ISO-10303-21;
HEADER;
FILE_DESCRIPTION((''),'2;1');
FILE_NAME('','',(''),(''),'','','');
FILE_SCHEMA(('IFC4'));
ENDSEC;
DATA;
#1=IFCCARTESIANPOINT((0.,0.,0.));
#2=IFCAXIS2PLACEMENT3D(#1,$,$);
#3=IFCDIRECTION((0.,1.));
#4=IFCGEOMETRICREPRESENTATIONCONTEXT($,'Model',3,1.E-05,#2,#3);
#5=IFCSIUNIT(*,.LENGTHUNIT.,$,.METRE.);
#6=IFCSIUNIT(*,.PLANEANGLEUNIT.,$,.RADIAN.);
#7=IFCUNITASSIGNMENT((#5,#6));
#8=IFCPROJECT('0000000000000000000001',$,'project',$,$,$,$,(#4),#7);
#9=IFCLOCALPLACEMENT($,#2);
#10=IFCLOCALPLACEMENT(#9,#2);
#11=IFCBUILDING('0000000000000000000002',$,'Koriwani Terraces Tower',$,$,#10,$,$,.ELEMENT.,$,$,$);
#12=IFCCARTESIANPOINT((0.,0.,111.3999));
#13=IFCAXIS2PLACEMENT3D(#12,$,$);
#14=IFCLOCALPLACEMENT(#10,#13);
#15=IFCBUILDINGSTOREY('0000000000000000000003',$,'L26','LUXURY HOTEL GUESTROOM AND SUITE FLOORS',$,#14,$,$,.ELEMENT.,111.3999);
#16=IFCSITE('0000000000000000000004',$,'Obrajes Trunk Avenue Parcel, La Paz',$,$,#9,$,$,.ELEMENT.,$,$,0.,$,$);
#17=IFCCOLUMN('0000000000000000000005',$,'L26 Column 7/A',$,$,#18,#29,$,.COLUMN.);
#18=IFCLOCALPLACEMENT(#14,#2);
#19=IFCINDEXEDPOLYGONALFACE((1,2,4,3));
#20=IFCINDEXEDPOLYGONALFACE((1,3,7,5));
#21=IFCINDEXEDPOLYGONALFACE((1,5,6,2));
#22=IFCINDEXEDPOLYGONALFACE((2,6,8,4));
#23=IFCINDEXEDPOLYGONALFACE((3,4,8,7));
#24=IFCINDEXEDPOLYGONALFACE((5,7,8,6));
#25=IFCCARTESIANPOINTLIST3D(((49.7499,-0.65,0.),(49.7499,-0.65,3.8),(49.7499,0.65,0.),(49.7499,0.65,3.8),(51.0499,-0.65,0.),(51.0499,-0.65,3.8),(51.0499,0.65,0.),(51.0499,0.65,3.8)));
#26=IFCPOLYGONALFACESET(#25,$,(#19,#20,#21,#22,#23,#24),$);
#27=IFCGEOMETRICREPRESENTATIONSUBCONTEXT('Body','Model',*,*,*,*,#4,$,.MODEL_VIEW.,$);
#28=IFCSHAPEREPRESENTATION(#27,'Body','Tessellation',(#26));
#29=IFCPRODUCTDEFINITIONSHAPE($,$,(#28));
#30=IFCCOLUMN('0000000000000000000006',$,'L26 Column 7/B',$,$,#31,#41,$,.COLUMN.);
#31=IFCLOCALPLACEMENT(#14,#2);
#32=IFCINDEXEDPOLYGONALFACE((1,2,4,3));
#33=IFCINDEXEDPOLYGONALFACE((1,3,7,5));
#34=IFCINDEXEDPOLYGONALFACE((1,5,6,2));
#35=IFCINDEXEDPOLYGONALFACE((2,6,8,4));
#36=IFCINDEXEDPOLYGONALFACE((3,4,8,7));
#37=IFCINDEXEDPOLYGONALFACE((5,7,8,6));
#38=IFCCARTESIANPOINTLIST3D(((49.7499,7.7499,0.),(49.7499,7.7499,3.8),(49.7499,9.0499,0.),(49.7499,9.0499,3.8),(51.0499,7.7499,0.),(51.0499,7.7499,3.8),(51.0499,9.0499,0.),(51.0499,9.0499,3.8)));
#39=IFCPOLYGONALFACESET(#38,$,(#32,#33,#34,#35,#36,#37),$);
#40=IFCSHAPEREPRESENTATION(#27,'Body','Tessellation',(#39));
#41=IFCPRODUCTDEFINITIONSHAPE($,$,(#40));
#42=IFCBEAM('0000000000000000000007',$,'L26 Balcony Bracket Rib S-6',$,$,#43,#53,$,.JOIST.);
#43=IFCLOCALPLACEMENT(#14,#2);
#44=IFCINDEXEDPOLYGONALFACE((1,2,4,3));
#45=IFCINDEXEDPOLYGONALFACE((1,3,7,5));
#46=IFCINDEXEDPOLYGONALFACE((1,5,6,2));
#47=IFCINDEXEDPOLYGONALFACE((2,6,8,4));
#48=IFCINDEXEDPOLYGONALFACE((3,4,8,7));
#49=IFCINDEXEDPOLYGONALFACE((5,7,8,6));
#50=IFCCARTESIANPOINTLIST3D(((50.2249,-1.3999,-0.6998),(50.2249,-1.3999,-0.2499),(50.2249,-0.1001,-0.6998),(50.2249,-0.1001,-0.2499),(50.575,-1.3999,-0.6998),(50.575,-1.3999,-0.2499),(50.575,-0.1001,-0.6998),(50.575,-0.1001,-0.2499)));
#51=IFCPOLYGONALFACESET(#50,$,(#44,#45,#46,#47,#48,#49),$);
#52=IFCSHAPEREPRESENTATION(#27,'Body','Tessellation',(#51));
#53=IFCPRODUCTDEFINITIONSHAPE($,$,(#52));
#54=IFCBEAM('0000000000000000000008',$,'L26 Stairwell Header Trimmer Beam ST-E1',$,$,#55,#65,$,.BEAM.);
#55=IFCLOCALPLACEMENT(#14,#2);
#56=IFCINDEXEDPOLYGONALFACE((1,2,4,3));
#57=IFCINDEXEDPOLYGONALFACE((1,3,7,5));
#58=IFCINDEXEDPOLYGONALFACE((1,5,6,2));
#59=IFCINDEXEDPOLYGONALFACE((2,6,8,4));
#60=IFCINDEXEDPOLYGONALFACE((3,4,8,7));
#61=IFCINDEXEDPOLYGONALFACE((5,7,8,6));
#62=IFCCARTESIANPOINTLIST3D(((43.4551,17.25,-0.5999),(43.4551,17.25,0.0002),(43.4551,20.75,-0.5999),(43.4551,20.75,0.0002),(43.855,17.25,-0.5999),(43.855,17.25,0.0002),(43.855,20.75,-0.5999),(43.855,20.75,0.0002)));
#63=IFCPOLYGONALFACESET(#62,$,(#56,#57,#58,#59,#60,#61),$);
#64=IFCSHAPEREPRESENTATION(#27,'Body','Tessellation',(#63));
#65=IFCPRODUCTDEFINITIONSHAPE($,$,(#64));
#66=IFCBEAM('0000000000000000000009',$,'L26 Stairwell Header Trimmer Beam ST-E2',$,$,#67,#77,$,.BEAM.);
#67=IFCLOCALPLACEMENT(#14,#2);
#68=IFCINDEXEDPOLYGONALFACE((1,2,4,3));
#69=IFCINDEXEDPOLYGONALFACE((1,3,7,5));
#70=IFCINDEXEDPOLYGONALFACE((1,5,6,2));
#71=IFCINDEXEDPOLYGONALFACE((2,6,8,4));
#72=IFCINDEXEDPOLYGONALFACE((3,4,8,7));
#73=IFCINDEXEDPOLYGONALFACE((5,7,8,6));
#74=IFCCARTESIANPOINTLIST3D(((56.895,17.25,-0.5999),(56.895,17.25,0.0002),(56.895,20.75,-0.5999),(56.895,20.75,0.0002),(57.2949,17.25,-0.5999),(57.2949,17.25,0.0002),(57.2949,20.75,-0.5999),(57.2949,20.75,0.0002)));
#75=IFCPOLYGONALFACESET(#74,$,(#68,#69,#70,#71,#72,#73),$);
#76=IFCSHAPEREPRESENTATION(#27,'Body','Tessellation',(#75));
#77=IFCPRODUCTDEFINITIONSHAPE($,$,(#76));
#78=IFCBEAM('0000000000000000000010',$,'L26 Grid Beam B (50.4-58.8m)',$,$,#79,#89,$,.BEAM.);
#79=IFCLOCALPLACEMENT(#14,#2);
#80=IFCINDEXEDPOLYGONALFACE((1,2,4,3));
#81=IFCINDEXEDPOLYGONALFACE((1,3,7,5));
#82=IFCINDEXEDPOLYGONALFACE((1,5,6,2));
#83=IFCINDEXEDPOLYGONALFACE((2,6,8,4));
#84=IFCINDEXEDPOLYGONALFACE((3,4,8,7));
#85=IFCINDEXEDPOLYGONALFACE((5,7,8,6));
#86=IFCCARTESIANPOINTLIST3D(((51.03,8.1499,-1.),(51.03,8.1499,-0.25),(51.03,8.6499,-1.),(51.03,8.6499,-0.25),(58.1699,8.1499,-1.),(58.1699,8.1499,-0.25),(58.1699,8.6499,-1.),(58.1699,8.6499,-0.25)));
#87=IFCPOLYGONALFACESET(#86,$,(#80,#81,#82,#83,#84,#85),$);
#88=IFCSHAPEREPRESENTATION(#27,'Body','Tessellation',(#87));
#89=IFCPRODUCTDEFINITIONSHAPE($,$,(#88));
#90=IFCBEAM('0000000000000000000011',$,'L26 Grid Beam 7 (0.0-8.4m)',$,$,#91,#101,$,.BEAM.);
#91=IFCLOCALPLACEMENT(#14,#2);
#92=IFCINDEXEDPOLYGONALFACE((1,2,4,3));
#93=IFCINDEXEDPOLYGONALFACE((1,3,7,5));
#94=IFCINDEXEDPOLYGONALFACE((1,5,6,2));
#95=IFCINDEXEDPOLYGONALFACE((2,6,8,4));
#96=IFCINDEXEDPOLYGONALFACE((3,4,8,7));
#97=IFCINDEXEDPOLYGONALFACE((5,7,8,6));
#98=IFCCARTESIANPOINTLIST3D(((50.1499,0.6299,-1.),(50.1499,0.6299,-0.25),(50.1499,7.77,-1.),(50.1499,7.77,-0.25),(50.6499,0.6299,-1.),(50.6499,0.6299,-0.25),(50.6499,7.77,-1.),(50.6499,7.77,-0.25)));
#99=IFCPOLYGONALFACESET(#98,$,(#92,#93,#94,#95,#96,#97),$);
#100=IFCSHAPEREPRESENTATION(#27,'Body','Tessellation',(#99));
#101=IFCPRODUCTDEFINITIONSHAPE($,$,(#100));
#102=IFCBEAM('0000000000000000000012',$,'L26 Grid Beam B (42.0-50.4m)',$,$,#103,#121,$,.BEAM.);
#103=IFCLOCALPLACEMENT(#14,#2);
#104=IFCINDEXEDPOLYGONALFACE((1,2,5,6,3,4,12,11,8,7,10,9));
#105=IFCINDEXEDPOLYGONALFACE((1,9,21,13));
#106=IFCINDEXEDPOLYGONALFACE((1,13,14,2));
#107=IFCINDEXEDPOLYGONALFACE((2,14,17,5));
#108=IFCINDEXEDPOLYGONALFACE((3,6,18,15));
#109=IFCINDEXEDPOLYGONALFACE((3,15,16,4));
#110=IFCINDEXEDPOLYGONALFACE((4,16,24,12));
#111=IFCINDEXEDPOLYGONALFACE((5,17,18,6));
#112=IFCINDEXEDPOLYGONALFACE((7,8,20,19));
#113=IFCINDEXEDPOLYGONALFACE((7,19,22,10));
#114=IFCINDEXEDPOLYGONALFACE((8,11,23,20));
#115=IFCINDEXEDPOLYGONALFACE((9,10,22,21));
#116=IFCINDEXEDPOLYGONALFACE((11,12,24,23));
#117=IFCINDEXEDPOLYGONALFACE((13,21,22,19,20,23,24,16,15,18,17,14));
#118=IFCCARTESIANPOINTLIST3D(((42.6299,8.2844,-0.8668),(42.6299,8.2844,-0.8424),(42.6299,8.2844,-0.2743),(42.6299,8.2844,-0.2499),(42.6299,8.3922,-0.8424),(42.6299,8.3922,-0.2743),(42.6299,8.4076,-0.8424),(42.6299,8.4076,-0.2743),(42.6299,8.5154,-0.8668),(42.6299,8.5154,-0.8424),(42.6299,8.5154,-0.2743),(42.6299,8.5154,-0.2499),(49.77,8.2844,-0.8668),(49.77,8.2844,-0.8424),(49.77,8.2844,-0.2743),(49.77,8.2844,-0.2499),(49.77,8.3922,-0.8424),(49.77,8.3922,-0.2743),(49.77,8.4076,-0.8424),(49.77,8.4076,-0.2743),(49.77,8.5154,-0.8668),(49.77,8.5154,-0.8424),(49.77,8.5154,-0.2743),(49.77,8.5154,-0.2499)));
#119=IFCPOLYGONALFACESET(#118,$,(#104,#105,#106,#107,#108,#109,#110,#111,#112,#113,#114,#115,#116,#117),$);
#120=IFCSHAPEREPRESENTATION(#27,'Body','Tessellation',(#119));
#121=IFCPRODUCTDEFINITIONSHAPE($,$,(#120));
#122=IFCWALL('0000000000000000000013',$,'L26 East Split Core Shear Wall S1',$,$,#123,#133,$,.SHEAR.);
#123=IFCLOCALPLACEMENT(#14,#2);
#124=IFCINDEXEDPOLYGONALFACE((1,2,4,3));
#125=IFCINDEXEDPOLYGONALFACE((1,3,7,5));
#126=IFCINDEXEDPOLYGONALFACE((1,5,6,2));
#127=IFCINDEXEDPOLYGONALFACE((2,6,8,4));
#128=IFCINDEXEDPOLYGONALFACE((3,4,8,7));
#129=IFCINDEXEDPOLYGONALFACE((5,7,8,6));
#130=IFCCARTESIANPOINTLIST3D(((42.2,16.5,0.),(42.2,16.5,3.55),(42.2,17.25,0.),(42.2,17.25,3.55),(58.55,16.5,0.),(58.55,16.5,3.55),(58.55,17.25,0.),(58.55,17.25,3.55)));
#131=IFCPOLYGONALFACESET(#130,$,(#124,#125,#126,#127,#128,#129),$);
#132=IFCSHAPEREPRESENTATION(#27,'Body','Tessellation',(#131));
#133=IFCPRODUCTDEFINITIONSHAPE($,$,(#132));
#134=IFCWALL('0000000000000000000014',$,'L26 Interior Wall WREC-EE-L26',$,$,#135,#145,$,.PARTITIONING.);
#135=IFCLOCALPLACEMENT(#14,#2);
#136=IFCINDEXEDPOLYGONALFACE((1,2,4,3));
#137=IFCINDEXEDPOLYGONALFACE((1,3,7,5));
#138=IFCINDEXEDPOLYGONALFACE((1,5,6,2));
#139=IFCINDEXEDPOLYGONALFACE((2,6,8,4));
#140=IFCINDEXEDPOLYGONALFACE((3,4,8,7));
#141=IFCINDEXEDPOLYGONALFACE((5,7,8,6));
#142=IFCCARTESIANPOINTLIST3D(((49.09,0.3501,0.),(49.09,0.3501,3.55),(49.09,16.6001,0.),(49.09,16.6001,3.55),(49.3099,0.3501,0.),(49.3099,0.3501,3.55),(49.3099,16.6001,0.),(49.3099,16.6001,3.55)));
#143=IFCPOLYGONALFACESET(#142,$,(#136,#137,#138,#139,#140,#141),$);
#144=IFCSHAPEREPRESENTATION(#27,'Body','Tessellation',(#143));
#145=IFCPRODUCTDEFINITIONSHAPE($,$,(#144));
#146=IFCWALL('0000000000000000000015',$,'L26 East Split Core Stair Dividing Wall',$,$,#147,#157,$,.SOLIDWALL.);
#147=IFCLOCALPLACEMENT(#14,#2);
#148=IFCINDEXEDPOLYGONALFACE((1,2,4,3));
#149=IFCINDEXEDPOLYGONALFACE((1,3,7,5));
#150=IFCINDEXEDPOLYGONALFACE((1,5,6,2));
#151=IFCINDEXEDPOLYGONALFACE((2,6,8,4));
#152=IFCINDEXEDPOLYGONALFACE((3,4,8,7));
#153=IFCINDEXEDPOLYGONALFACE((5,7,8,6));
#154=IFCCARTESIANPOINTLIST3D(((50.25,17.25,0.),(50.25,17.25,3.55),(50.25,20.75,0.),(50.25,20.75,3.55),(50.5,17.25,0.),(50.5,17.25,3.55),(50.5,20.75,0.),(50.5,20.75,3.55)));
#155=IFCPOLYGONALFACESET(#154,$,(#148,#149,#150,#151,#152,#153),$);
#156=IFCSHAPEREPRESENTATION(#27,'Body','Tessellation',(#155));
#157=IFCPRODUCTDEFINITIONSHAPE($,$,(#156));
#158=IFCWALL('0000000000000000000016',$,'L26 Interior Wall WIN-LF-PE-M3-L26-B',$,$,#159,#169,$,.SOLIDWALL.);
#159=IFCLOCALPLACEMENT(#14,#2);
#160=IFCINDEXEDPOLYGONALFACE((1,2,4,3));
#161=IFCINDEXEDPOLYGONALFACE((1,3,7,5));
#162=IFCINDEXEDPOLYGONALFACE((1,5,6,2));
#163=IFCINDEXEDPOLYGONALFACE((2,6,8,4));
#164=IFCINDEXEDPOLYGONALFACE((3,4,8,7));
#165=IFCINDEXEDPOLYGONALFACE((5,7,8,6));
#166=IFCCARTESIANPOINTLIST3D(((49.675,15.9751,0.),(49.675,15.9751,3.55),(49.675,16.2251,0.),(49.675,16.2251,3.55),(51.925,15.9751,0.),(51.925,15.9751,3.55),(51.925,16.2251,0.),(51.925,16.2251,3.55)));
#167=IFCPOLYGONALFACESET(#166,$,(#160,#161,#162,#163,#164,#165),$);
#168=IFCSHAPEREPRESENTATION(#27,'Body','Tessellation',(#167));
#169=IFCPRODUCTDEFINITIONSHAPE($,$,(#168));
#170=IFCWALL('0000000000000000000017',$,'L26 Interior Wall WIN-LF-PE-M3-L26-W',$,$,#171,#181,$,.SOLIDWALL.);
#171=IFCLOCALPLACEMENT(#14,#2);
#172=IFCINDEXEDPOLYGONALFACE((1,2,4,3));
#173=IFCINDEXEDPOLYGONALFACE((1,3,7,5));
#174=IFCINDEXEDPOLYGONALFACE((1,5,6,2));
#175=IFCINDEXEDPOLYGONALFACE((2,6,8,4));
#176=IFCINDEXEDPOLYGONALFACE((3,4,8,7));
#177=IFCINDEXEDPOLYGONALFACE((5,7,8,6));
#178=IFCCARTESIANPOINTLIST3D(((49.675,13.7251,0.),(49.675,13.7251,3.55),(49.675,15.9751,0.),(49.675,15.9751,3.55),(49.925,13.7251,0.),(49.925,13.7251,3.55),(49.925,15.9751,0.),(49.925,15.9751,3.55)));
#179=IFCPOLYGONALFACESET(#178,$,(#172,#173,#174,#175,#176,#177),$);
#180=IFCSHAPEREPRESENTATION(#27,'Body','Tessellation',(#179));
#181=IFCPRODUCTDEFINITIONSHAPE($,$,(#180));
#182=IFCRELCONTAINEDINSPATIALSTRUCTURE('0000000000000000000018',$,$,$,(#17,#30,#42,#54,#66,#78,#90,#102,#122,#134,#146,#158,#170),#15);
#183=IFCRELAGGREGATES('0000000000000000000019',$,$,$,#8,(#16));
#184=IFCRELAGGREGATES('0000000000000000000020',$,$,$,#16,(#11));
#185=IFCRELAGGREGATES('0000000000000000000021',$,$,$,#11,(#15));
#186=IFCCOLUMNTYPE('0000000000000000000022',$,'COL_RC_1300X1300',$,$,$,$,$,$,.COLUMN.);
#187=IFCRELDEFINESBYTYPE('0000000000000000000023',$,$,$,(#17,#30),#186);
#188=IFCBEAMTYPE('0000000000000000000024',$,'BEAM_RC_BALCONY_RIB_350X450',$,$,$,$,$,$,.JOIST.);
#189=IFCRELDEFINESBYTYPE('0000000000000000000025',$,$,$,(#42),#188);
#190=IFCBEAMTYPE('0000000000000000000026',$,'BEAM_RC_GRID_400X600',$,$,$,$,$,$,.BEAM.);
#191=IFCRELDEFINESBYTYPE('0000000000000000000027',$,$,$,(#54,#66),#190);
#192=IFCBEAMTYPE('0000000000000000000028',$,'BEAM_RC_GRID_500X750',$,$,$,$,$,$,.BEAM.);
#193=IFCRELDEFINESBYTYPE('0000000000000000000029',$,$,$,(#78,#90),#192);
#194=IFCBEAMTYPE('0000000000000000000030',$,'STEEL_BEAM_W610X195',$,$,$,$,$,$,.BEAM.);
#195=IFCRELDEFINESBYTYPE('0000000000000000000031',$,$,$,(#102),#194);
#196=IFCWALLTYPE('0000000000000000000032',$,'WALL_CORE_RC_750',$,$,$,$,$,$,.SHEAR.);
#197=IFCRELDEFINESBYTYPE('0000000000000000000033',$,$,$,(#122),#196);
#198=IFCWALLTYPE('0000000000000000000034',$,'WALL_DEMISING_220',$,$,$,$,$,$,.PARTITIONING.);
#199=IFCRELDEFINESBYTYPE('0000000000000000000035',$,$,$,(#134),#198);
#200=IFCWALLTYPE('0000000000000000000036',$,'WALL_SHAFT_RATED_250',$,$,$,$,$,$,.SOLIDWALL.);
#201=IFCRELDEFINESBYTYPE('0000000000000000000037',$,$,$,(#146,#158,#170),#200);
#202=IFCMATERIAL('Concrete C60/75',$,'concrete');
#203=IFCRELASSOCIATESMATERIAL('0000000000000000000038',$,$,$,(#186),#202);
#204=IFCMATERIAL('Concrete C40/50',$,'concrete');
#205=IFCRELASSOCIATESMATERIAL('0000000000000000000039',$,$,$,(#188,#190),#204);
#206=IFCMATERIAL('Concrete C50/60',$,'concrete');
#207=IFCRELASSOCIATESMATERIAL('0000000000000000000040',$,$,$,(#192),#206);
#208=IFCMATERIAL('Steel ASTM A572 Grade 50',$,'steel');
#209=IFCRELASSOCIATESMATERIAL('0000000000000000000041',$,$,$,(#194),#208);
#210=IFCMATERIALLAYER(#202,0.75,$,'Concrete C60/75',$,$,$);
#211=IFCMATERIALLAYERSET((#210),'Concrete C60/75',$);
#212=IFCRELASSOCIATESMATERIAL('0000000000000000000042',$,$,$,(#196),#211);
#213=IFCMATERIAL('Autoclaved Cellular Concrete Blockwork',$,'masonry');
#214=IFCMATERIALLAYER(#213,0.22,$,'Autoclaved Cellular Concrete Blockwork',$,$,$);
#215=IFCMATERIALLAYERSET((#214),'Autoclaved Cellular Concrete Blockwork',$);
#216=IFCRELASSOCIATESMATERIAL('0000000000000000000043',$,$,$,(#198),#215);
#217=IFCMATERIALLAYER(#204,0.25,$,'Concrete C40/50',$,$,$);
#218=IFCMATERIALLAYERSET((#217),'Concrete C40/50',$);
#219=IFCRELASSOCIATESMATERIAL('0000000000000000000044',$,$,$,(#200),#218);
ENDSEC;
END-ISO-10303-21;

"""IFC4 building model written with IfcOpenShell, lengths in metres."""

from ifc_helpers import new_model, si_unit, direction, frame, frame_2d, origin, origin_2d, place, context, subcontext, project, spatial, rectangle, i_section, extrude, material, layer, layer_set, material_profile, profile_set, type_object, element, save


model = new_model("IFC4")

# Units and contexts
model_context = context("Model", 3, precision=1e-05, world=origin(), true_north=direction((0.0, 1.0)))
body_context = subcontext(model_context, "Body", "Model", "MODEL_VIEW")
ifc_project = project(units=[si_unit("LENGTHUNIT", "METRE"), si_unit("PLANEANGLEUNIT", "RADIAN")], contexts=[model_context])

# Site, building, storey
site_placement = place(None, origin())
site = spatial("IfcSite", under=ifc_project, at=site_placement, Name="Obrajes Trunk Avenue Parcel, La Paz", CompositionType="ELEMENT", RefElevation=0.0)
building_placement = place(site_placement, origin())
building = spatial("IfcBuilding", under=site, at=building_placement, Name="Koriwani Terraces Tower", CompositionType="ELEMENT")
storey_placement = place(building_placement, frame((0.0, 0.0, 111.3999)))
storey = spatial("IfcBuildingStorey", under=building, at=storey_placement, Name="L26", Description="LUXURY HOTEL GUESTROOM AND SUITE FLOORS", CompositionType="ELEMENT", Elevation=111.3999)

# Columns
ifc_material_1 = material(Name="Concrete C60/75", Category="concrete")
ifc_material_profile_1 = material_profile(ifc_material_1, rectangle(XDim=1.3, YDim=1.3, at=origin_2d()), Name="Concrete C60/75", Category="LoadBearing")
ifc_profile_set_1 = profile_set([ifc_material_profile_1], Name="Concrete C60/75")
column_type = type_object("IfcColumnType", Name="COL_RC_1300X1300", PredefinedType="COLUMN", material=ifc_profile_set_1)
for number, where, z_axis, x_axis, name in (
    (1, (50.3999, 0.0, 0.0), (0.0, 0.0, 1.0), (1.0, 0.0, 0.0), "L26 Column 7/A"),
    (2, (50.3999, 8.3999, 0.0), (0.0, 0.0, 1.0), (1.0, 0.0, 0.0), "L26 Column 7/B"),
):
    element("IfcColumn", number, at=place(storey_placement, frame(where, z_axis=z_axis, x_axis=x_axis)), inside=storey, type_object=column_type, Name=name, PredefinedType="COLUMN", context=body_context, shape_type="SweptSolid", body=[
        extrude(rectangle(XDim=1.3, YDim=1.3, at=origin_2d()), origin(), (0.0, 0.0, 1.0), 3.8),
    ])

# Beams
ifc_material_2 = material(Name="Concrete C40/50", Category="concrete")
ifc_material_profile_2 = material_profile(ifc_material_2, rectangle(XDim=0.3501, YDim=0.45, at=origin_2d()), Name="Concrete C40/50", Category="LoadBearing")
ifc_profile_set_2 = profile_set([ifc_material_profile_2], Name="Concrete C40/50")
beam_type_1 = type_object("IfcBeamType", Name="BEAM_RC_BALCONY_RIB_350X450", PredefinedType="JOIST", material=ifc_profile_set_2)
beam_1_placement = place(storey_placement, frame((50.3999, -1.3999, -0.4749), z_axis=(0.0, 1.0, 0.0), x_axis=(-1.0, 0.0, 0.0)))
element("IfcBeam", 3, at=beam_1_placement, inside=storey, type_object=beam_type_1, Name="L26 Balcony Bracket Rib S-6", PredefinedType="JOIST", context=body_context, shape_type="SweptSolid", body=[
    extrude(rectangle(XDim=0.3501, YDim=0.45, at=origin_2d()), origin(), (0.0, 0.0, 1.0), 1.2998),
])
ifc_material_profile_3 = material_profile(ifc_material_2, rectangle(XDim=0.3999, YDim=0.6001, at=origin_2d()), Name="Concrete C40/50", Category="LoadBearing")
ifc_profile_set_3 = profile_set([ifc_material_profile_3], Name="Concrete C40/50")
beam_type_2 = type_object("IfcBeamType", Name="BEAM_RC_GRID_400X600", PredefinedType="BEAM", material=ifc_profile_set_3)
for number, where, z_axis, x_axis, name in (
    (4, (43.655, 17.25, -0.2998), (0.0, 1.0, 0.0), (-1.0, 0.0, 0.0), "L26 Stairwell Header Trimmer Beam ST-E1"),
    (5, (57.095, 17.25, -0.2998), (0.0, 1.0, 0.0), (-1.0, 0.0, 0.0), "L26 Stairwell Header Trimmer Beam ST-E2"),
):
    element("IfcBeam", number, at=place(storey_placement, frame(where, z_axis=z_axis, x_axis=x_axis)), inside=storey, type_object=beam_type_2, Name=name, PredefinedType="BEAM", context=body_context, shape_type="SweptSolid", body=[
        extrude(rectangle(XDim=0.3999, YDim=0.6001, at=origin_2d()), origin(), (0.0, 0.0, 1.0), 3.5),
    ])
ifc_material_3 = material(Name="Concrete C50/60", Category="concrete")
ifc_material_profile_4 = material_profile(ifc_material_3, rectangle(XDim=0.5, YDim=0.75, at=origin_2d()), Name="Concrete C50/60", Category="LoadBearing")
ifc_profile_set_4 = profile_set([ifc_material_profile_4], Name="Concrete C50/60")
beam_type_3 = type_object("IfcBeamType", Name="BEAM_RC_GRID_500X750", PredefinedType="BEAM", material=ifc_profile_set_4)
beam_2_placement = place(storey_placement, frame((51.03, 8.3999, -0.625), z_axis=(1.0, 0.0, 0.0), x_axis=(0.0, 1.0, 0.0)))
element("IfcBeam", 6, at=beam_2_placement, inside=storey, type_object=beam_type_3, Name="L26 Grid Beam B (50.4-58.8m)", PredefinedType="BEAM", context=body_context, shape_type="SweptSolid", body=[
    extrude(rectangle(XDim=0.5, YDim=0.75, at=origin_2d()), origin(), (0.0, 0.0, 1.0), 7.1399),
])
beam_3_placement = place(storey_placement, frame((50.3999, 0.6299, -0.625), z_axis=(0.0, 1.0, 0.0), x_axis=(-1.0, 0.0, 0.0)))
element("IfcBeam", 7, at=beam_3_placement, inside=storey, type_object=beam_type_3, Name="L26 Grid Beam 7 (0.0-8.4m)", PredefinedType="BEAM", context=body_context, shape_type="SweptSolid", body=[
    extrude(rectangle(XDim=0.5, YDim=0.75, at=origin_2d()), origin(), (0.0, 0.0, 1.0), 7.1401),
])
ifc_material_4 = material(Name="Steel ASTM A572 Grade 50", Category="steel")
ifc_material_profile_5 = material_profile(ifc_material_4, i_section(OverallWidth=0.231, OverallDepth=0.6169, WebThickness=0.0154, FlangeThickness=0.0244, at=origin_2d()), Name="Steel ASTM A572 Grade 50", Category="LoadBearing")
ifc_profile_set_5 = profile_set([ifc_material_profile_5], Name="Steel ASTM A572 Grade 50")
beam_type_4 = type_object("IfcBeamType", Name="STEEL_BEAM_W610X195", PredefinedType="BEAM", material=ifc_profile_set_5)
beam_4_placement = place(storey_placement, frame((42.6299, 8.3999, -0.5583), z_axis=(1.0, 0.0, 0.0), x_axis=(0.0, 1.0, 0.0)))
element("IfcBeam", 8, at=beam_4_placement, inside=storey, type_object=beam_type_4, Name="L26 Grid Beam B (42.0-50.4m)", PredefinedType="BEAM", context=body_context, shape_type="SweptSolid", body=[
    extrude(i_section(OverallWidth=0.231, OverallDepth=0.6169, WebThickness=0.0154, FlangeThickness=0.0244, at=origin_2d()), origin(), (0.0, 0.0, 1.0), 7.1401),
])

# Walls
ifc_layer_1 = layer(ifc_material_1, 0.75, Name="Concrete C60/75")
ifc_layer_set_1 = layer_set([ifc_layer_1], Name="Concrete C60/75")
wall_type_1 = type_object("IfcWallType", Name="WALL_CORE_RC_750", PredefinedType="SHEAR", material=ifc_layer_set_1)
wall_1_placement = place(storey_placement, frame((42.2, 16.875, 0.0), z_axis=(0.0, 0.0, 1.0), x_axis=(1.0, 0.0, 0.0)))
element("IfcWall", 9, at=wall_1_placement, inside=storey, type_object=wall_type_1, Name="L26 East Split Core Shear Wall S1", PredefinedType="SHEAR", context=body_context, shape_type="SweptSolid", body=[
    extrude(rectangle(XDim=16.3501, YDim=0.75, at=frame_2d((8.175, 0.0))), origin(), (0.0, 0.0, 1.0), 3.55),
])
ifc_material_5 = material(Name="Autoclaved Cellular Concrete Blockwork", Category="masonry")
ifc_layer_2 = layer(ifc_material_5, 0.22, Name="Autoclaved Cellular Concrete Blockwork")
ifc_layer_set_2 = layer_set([ifc_layer_2], Name="Autoclaved Cellular Concrete Blockwork")
wall_type_2 = type_object("IfcWallType", Name="WALL_DEMISING_220", PredefinedType="PARTITIONING", material=ifc_layer_set_2)
wall_2_placement = place(storey_placement, frame((49.2, 0.3501, 0.0), z_axis=(0.0, 0.0, 1.0), x_axis=(0.0, 1.0, 0.0)))
element("IfcWall", 10, at=wall_2_placement, inside=storey, type_object=wall_type_2, Name="L26 Interior Wall WREC-EE-L26", PredefinedType="PARTITIONING", context=body_context, shape_type="SweptSolid", body=[
    extrude(rectangle(XDim=16.25, YDim=0.22, at=frame_2d((8.125, 0.0))), origin(), (0.0, 0.0, 1.0), 3.55),
])
ifc_layer_3 = layer(ifc_material_2, 0.25, Name="Concrete C40/50")
ifc_layer_set_3 = layer_set([ifc_layer_3], Name="Concrete C40/50")
wall_type_3 = type_object("IfcWallType", Name="WALL_SHAFT_RATED_250", PredefinedType="SOLIDWALL", material=ifc_layer_set_3)
wall_3_placement = place(storey_placement, frame((50.375, 17.25, 0.0), z_axis=(0.0, 0.0, 1.0), x_axis=(0.0, 1.0, 0.0)))
element("IfcWall", 11, at=wall_3_placement, inside=storey, type_object=wall_type_3, Name="L26 East Split Core Stair Dividing Wall", PredefinedType="SOLIDWALL", context=body_context, shape_type="SweptSolid", body=[
    extrude(rectangle(XDim=3.5, YDim=0.25, at=frame_2d((1.75, 0.0))), origin(), (0.0, 0.0, 1.0), 3.55),
])

# Walls
for number, where, z_axis, x_axis, name in (
    (12, (49.675, 16.1001, 0.0), (0.0, 0.0, 1.0), (1.0, 0.0, 0.0), "L26 Interior Wall WIN-LF-PE-M3-L26-B"),
    (13, (49.8, 13.7251, 0.0), (0.0, 0.0, 1.0), (0.0, 1.0, 0.0), "L26 Interior Wall WIN-LF-PE-M3-L26-W"),
):
    element("IfcWall", number, at=place(storey_placement, frame(where, z_axis=z_axis, x_axis=x_axis)), inside=storey, type_object=wall_type_3, Name=name, PredefinedType="SOLIDWALL", context=body_context, shape_type="SweptSolid", body=[
        extrude(rectangle(XDim=2.25, YDim=0.25, at=frame_2d((1.125, 0.0))), origin(), (0.0, 0.0, 1.0), 3.55),
    ])

save(model, "model.ifc")
